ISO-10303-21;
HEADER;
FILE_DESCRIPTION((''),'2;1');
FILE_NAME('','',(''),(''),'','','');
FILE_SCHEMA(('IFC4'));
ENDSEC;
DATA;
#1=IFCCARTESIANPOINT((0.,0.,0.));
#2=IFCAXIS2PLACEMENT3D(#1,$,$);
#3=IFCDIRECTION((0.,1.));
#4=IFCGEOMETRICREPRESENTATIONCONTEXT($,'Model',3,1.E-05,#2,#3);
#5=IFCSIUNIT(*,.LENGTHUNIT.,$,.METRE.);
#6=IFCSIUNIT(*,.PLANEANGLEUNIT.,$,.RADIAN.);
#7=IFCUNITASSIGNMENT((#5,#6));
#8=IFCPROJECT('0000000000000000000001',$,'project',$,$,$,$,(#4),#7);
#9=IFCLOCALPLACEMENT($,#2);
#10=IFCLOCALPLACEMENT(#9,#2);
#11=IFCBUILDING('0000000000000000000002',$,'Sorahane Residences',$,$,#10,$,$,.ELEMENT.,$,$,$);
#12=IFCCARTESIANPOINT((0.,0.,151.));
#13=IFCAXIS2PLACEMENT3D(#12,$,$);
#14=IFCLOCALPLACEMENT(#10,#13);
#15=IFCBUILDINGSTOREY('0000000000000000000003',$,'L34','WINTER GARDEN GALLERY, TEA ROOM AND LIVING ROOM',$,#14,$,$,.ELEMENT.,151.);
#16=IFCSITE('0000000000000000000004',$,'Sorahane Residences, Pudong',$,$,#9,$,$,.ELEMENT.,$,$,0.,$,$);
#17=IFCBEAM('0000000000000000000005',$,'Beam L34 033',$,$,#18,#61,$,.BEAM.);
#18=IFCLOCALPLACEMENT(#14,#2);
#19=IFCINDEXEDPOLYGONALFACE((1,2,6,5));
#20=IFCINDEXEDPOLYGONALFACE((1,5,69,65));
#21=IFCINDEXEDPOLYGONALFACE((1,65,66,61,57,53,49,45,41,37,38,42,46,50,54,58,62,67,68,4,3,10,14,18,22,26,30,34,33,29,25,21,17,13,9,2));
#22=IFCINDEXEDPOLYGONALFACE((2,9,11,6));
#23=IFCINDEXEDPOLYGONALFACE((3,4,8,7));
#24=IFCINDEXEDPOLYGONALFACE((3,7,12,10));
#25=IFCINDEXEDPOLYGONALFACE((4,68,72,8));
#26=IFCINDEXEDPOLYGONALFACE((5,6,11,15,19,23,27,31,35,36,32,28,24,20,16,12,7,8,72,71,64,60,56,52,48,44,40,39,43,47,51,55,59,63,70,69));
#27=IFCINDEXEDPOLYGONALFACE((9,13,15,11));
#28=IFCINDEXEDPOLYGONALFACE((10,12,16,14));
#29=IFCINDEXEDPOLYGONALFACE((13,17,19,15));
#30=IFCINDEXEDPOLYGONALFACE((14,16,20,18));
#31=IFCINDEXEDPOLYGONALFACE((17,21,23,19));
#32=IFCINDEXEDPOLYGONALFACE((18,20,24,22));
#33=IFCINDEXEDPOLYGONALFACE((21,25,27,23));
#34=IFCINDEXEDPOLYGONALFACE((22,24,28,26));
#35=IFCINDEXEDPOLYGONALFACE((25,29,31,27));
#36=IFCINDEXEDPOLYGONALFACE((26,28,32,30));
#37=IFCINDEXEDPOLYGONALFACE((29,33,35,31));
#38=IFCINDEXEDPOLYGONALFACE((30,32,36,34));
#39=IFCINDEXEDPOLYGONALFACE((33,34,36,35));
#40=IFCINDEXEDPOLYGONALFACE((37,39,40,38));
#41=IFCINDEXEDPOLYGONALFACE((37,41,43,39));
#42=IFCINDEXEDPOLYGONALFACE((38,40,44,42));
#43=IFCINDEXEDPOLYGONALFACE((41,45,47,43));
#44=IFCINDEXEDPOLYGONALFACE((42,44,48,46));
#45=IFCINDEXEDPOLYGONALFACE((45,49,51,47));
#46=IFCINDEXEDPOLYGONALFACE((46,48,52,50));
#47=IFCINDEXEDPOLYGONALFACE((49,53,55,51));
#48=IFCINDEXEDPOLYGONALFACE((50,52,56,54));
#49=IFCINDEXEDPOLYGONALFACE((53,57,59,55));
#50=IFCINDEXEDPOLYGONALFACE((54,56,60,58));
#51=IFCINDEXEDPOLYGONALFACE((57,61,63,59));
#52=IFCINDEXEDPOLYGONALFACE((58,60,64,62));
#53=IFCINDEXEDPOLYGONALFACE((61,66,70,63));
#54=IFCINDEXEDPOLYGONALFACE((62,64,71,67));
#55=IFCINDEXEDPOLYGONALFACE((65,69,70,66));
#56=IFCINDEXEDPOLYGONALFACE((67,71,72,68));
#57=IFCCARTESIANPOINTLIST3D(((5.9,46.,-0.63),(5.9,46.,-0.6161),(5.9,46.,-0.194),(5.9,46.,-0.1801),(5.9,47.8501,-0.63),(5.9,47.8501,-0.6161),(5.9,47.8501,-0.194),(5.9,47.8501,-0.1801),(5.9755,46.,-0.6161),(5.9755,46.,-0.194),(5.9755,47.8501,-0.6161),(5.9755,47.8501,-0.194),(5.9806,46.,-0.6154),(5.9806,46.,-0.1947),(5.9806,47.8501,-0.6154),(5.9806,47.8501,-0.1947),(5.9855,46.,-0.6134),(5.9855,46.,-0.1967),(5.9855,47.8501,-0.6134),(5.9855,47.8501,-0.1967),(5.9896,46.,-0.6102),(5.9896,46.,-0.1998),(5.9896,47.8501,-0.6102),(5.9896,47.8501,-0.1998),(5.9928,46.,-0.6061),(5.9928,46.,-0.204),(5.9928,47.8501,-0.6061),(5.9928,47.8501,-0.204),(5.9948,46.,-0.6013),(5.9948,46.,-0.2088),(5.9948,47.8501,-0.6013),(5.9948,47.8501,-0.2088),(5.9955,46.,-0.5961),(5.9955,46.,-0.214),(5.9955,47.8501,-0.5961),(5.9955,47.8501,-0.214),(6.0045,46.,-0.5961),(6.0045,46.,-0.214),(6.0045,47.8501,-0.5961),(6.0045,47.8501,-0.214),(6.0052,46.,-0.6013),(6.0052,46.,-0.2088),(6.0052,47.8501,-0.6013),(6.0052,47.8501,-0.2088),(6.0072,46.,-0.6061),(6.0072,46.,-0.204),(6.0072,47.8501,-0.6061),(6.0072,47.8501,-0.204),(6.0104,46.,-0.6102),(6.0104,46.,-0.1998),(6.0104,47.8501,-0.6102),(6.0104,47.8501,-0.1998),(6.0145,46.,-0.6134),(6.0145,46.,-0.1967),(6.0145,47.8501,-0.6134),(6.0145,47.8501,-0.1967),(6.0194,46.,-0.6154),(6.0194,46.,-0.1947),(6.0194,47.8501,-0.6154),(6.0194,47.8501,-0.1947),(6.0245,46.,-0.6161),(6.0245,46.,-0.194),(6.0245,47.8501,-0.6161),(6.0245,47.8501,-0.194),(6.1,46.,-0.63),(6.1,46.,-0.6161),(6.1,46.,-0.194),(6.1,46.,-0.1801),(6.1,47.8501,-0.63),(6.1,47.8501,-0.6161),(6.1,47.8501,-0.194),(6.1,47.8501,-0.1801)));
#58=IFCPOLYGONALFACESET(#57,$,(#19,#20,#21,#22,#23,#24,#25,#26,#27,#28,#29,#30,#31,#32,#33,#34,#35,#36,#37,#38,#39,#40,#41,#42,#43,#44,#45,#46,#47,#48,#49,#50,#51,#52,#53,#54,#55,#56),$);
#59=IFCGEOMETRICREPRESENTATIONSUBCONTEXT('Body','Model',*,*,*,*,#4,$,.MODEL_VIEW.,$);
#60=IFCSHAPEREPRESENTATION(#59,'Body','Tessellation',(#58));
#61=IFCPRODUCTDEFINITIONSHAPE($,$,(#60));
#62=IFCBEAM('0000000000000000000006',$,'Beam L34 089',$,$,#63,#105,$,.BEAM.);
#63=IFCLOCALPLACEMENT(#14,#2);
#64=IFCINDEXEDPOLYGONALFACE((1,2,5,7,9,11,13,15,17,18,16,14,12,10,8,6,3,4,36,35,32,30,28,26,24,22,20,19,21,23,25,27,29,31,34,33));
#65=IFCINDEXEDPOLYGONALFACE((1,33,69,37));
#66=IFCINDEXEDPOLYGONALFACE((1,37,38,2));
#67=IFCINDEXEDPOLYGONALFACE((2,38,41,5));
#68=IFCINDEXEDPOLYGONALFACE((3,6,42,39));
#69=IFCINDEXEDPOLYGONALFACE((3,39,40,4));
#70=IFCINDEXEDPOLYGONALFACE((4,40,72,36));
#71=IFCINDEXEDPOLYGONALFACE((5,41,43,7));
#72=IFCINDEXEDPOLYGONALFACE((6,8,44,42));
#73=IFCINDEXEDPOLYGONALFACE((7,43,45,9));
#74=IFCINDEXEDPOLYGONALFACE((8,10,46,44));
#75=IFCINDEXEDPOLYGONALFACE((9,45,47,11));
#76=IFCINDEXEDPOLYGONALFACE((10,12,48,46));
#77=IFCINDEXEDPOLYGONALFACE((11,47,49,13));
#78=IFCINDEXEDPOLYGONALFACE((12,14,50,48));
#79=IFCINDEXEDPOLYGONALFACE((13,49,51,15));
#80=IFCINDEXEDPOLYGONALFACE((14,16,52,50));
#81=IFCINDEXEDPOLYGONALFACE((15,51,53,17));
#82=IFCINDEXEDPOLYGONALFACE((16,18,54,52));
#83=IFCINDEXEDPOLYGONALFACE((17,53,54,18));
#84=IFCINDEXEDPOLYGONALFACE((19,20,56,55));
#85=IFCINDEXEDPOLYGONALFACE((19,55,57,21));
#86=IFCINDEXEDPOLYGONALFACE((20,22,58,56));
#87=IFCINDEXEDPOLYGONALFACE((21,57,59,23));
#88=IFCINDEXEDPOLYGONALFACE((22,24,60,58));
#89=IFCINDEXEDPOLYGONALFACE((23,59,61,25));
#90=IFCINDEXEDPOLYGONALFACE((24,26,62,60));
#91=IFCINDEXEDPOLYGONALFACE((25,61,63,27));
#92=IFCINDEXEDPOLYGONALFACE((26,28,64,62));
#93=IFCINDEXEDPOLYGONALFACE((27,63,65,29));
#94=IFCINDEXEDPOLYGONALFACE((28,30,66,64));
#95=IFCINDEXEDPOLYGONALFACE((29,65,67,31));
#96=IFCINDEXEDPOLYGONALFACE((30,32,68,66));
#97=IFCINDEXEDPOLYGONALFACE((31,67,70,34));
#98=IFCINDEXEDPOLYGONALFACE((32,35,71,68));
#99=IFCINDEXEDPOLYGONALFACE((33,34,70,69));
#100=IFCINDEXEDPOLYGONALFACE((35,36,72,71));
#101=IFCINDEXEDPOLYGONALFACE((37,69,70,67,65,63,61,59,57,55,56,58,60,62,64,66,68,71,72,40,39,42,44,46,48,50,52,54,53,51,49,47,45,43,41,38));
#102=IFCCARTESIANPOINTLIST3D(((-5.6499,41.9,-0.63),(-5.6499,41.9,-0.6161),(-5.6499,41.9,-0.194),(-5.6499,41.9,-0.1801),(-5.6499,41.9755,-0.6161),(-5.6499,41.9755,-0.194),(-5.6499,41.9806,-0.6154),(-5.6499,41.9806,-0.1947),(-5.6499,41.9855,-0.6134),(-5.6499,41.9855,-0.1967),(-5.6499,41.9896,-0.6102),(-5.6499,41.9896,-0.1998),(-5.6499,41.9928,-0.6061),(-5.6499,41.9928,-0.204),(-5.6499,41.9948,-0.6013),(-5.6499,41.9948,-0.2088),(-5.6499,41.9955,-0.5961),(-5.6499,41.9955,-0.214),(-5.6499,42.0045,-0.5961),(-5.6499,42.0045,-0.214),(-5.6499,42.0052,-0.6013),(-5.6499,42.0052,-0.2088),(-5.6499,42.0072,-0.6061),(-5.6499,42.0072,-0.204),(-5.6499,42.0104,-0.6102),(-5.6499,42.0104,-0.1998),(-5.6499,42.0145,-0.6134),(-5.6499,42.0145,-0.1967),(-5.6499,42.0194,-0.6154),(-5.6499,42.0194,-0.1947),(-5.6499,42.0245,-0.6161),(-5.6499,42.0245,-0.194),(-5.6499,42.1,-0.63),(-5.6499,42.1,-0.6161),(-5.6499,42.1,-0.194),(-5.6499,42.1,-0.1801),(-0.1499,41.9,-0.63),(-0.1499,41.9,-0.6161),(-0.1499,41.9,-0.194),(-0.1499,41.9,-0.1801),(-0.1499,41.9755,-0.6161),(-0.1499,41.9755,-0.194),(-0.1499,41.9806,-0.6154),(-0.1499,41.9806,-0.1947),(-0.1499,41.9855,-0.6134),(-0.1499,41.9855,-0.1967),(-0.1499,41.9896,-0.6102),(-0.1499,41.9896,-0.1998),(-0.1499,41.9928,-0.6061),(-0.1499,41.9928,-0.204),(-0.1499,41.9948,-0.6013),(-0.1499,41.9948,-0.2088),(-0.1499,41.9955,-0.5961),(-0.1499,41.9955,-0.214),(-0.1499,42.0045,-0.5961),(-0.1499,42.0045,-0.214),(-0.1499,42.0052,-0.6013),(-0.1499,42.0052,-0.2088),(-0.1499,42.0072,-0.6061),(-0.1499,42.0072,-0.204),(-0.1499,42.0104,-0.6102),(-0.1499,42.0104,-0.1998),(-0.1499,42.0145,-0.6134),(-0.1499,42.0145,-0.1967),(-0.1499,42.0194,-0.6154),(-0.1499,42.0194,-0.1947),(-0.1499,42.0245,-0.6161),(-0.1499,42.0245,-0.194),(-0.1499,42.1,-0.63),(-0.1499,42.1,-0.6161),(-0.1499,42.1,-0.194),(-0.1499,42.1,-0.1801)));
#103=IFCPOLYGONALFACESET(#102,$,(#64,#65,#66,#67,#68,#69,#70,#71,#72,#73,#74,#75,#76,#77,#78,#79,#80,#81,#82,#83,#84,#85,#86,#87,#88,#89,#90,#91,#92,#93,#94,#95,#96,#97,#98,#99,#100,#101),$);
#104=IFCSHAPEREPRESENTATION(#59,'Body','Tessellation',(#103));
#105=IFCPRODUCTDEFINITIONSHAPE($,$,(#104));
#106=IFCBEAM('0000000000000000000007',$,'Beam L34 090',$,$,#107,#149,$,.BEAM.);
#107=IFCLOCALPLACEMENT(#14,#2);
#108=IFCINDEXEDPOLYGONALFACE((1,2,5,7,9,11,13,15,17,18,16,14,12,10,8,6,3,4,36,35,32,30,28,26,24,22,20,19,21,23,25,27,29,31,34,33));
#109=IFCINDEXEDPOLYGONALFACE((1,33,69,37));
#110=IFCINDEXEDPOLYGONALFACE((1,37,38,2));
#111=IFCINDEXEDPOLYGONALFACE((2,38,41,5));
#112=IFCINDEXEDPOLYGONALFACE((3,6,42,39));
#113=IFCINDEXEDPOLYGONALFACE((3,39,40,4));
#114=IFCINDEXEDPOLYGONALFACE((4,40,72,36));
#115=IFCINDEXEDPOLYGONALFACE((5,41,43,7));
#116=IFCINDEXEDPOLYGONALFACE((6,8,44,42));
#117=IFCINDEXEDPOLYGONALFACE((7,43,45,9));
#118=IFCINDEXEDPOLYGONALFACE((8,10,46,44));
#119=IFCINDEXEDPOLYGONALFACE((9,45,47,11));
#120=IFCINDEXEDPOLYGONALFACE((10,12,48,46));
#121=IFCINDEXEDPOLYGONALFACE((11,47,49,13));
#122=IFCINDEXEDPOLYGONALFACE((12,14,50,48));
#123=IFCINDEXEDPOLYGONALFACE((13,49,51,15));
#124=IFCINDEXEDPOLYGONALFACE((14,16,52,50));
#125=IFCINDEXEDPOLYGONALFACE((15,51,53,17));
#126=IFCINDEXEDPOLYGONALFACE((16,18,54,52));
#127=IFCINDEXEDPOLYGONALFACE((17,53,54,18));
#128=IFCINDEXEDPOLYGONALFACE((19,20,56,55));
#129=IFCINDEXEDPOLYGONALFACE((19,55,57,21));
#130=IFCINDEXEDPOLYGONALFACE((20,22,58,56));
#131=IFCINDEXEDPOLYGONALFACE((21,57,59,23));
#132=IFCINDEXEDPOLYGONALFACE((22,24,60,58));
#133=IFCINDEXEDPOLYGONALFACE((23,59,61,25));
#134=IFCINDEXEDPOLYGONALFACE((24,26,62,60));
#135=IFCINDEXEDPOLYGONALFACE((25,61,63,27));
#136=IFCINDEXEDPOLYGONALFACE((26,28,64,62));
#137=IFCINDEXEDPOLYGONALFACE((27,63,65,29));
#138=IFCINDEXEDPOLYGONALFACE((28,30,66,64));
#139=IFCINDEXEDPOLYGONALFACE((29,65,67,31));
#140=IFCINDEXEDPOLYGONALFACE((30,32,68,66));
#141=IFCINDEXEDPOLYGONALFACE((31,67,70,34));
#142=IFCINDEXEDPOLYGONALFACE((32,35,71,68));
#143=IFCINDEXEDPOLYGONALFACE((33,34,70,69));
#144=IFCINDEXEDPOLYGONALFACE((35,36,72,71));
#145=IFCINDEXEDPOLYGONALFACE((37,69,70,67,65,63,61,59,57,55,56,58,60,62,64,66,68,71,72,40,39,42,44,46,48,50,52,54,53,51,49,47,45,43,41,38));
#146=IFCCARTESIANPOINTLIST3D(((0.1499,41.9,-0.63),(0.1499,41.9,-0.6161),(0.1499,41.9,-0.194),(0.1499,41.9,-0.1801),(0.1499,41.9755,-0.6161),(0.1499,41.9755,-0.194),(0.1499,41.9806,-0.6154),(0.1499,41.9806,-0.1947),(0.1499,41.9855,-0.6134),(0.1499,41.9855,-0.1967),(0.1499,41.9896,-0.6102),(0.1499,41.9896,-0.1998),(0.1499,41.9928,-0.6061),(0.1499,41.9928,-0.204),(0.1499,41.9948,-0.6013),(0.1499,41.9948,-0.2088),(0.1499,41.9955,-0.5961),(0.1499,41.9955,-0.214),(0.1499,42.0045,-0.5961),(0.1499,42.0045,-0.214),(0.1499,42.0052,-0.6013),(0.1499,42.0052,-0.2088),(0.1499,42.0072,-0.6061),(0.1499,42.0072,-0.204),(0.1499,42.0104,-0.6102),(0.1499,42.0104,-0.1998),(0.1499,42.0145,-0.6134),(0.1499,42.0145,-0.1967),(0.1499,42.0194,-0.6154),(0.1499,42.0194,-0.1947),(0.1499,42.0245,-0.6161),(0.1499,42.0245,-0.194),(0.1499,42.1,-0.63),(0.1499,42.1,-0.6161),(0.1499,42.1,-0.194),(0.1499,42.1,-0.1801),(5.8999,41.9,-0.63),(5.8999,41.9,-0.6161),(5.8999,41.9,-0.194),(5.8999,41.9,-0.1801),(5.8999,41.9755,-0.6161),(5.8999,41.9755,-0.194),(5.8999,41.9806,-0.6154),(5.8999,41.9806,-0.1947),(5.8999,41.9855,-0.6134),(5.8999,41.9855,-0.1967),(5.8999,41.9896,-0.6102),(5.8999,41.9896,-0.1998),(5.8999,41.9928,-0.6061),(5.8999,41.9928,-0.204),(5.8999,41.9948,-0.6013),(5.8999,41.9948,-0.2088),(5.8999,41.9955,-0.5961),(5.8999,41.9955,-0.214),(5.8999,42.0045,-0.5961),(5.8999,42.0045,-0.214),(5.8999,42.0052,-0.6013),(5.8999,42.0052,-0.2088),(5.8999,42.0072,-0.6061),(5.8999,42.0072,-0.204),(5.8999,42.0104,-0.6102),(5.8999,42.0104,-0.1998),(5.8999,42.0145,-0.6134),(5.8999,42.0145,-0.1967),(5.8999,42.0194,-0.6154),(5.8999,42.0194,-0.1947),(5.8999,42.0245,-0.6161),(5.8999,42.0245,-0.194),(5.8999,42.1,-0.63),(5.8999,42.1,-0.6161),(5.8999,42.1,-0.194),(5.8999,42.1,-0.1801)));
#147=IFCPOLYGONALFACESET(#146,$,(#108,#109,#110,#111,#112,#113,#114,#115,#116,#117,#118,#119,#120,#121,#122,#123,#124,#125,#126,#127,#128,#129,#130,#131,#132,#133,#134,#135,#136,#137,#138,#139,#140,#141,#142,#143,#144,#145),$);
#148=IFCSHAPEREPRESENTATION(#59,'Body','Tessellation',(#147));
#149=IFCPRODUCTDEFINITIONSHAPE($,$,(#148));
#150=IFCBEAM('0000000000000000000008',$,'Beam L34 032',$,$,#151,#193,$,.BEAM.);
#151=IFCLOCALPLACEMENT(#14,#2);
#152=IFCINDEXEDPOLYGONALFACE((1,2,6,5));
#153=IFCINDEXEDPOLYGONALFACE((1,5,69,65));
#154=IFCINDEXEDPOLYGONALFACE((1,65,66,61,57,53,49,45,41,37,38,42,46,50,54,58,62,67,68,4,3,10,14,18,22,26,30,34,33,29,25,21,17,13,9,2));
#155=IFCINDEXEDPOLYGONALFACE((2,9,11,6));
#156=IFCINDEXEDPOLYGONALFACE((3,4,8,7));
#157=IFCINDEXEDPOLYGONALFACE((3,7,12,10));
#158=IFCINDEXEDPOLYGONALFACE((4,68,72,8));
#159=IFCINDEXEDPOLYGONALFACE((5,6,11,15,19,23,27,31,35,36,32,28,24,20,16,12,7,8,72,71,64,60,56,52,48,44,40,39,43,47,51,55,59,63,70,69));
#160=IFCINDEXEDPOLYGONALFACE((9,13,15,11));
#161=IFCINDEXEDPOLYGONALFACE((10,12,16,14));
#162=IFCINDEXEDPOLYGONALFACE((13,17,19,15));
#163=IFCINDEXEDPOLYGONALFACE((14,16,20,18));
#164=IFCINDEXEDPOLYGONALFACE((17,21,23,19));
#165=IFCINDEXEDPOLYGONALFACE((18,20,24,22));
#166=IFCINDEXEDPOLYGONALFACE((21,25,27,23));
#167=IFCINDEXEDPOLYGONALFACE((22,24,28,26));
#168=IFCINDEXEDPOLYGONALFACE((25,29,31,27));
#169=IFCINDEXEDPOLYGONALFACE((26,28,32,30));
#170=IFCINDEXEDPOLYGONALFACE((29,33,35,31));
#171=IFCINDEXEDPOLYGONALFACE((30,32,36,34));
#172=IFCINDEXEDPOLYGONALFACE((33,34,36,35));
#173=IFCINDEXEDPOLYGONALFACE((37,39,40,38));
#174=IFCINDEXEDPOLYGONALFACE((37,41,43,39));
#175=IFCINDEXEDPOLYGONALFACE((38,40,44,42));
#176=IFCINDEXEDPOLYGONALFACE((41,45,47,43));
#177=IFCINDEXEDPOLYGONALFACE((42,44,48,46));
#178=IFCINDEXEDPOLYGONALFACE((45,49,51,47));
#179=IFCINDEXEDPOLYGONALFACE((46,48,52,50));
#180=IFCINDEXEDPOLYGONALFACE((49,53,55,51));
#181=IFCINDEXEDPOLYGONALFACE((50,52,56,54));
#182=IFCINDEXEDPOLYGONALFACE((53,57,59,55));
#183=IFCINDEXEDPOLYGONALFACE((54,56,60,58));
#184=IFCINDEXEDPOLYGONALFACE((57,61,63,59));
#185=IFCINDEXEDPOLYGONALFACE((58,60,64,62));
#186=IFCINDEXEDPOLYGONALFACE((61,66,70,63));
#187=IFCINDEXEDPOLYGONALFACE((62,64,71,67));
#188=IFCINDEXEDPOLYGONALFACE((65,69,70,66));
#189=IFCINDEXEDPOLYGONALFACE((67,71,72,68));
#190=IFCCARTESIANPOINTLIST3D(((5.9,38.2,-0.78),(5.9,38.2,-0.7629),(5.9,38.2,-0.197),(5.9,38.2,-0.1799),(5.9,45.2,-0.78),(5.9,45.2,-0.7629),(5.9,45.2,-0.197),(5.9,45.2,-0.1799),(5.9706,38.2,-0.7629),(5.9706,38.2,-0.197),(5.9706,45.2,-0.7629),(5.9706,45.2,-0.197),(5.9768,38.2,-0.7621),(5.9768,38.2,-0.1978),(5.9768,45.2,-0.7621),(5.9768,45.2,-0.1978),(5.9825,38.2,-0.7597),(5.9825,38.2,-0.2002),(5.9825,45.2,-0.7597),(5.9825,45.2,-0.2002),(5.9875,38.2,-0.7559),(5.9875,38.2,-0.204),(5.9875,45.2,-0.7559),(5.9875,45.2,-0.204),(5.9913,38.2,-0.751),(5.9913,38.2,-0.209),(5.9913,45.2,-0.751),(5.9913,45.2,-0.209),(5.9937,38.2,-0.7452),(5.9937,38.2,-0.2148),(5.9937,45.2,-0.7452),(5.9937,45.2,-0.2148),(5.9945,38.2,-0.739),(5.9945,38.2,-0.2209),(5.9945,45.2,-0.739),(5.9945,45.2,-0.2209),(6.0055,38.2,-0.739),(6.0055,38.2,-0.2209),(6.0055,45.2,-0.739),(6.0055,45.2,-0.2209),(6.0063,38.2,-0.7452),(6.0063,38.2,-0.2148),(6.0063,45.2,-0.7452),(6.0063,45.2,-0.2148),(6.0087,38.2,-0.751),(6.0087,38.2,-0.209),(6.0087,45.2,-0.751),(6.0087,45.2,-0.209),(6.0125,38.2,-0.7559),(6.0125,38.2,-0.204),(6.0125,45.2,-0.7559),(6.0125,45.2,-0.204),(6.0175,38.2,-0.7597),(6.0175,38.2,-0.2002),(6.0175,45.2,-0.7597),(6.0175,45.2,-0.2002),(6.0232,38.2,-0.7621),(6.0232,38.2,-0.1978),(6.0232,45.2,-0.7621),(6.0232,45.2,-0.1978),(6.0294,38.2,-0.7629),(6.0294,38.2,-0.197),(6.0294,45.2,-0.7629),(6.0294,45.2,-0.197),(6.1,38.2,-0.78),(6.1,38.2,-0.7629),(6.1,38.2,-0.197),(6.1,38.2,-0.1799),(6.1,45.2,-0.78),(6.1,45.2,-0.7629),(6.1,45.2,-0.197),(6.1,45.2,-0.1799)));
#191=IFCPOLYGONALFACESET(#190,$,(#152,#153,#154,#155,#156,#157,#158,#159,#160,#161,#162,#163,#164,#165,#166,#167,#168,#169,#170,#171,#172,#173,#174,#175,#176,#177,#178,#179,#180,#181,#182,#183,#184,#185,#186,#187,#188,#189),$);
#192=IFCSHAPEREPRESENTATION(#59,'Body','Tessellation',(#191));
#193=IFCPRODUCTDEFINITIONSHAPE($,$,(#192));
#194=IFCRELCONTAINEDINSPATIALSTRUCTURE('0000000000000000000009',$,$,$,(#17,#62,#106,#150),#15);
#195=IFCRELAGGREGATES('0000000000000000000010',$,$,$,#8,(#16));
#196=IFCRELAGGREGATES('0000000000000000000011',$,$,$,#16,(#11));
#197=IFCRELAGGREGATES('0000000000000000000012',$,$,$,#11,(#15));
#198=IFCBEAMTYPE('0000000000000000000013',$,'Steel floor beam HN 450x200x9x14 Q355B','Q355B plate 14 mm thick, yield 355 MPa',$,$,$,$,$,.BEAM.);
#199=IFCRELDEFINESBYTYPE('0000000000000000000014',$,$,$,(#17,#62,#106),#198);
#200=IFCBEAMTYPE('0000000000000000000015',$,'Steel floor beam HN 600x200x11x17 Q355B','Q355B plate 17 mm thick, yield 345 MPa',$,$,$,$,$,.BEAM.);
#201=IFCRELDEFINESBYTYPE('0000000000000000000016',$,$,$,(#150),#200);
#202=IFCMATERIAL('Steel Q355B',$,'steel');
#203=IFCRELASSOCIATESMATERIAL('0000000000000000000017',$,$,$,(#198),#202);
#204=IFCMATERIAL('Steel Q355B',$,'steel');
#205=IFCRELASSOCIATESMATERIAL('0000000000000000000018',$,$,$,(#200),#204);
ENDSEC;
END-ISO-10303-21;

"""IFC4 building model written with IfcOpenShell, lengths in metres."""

from ifc_helpers import new_model, si_unit, direction, frame, origin, origin_2d, place, context, subcontext, project, spatial, i_section, extrude, material, material_profile, profile_set, type_object, element, save


model = new_model("IFC4")

# Units and contexts
model_context = context("Model", 3, precision=1e-05, world=origin(), true_north=direction((0.0, 1.0)))
body_context = subcontext(model_context, "Body", "Model", "MODEL_VIEW")
ifc_project = project(units=[si_unit("LENGTHUNIT", "METRE"), si_unit("PLANEANGLEUNIT", "RADIAN")], contexts=[model_context])

# Site, building, storey
site_placement = place(None, origin())
site = spatial("IfcSite", under=ifc_project, at=site_placement, Name="Sorahane Residences, Pudong", CompositionType="ELEMENT", RefElevation=0.0)
building_placement = place(site_placement, origin())
building = spatial("IfcBuilding", under=site, at=building_placement, Name="Sorahane Residences", CompositionType="ELEMENT")
storey_placement = place(building_placement, frame((0.0, 0.0, 151.0)))
storey = spatial("IfcBuildingStorey", under=building, at=storey_placement, Name="L34", Description="WINTER GARDEN GALLERY, TEA ROOM AND LIVING ROOM", CompositionType="ELEMENT", Elevation=151.0)

# Beams
ifc_material_1 = material(Name="Steel Q355B", Category="steel")
ifc_material_profile_1 = material_profile(ifc_material_1, i_section(OverallWidth=0.2, OverallDepth=0.45, WebThickness=0.009, FlangeThickness=0.0139, FilletRadius=0.02, at=origin_2d()), Name="HN 450x200x9x14")
ifc_profile_set_1 = profile_set([ifc_material_profile_1], Name="Steel Q355B")
beam_type_1 = type_object("IfcBeamType", Name="Steel floor beam HN 450x200x9x14 Q355B", Description="Q355B plate 14 mm thick, yield 355 MPa", PredefinedType="BEAM", material=ifc_profile_set_1)
beam_1_placement = place(storey_placement, frame((6.0, 46.0, -0.405), z_axis=(0.0, 1.0, 0.0), x_axis=(-1.0, 0.0, 0.0)))
element("IfcBeam", 1, at=beam_1_placement, inside=storey, type_object=beam_type_1, Name="Beam L34 033", PredefinedType="BEAM", context=body_context, shape_type="SweptSolid", body=[
    extrude(i_section(OverallWidth=0.2, OverallDepth=0.45, WebThickness=0.009, FlangeThickness=0.0139, FilletRadius=0.02, at=origin_2d()), origin(), (0.0, 0.0, 1.0), 1.8501),
])
beam_2_placement = place(storey_placement, frame((-5.6499, 42.0, -0.405), z_axis=(1.0, 0.0, 0.0), x_axis=(0.0, 1.0, 0.0)))
element("IfcBeam", 2, at=beam_2_placement, inside=storey, type_object=beam_type_1, Name="Beam L34 089", PredefinedType="BEAM", context=body_context, shape_type="SweptSolid", body=[
    extrude(i_section(OverallWidth=0.2, OverallDepth=0.45, WebThickness=0.009, FlangeThickness=0.0139, FilletRadius=0.02, at=origin_2d()), origin(), (0.0, 0.0, 1.0), 5.5),
])
beam_3_placement = place(storey_placement, frame((0.1499, 42.0, -0.405), z_axis=(1.0, 0.0, 0.0), x_axis=(0.0, 1.0, 0.0)))
element("IfcBeam", 3, at=beam_3_placement, inside=storey, type_object=beam_type_1, Name="Beam L34 090", PredefinedType="BEAM", context=body_context, shape_type="SweptSolid", body=[
    extrude(i_section(OverallWidth=0.2, OverallDepth=0.45, WebThickness=0.009, FlangeThickness=0.0139, FilletRadius=0.02, at=origin_2d()), origin(), (0.0, 0.0, 1.0), 5.75),
])
ifc_material_2 = material(Name="Steel Q355B", Category="steel")
ifc_material_profile_2 = material_profile(ifc_material_2, i_section(OverallWidth=0.2, OverallDepth=0.6001, WebThickness=0.011, FlangeThickness=0.0171, FilletRadius=0.0239, at=origin_2d()), Name="HN 600x200x11x17")
ifc_profile_set_2 = profile_set([ifc_material_profile_2], Name="Steel Q355B")
beam_type_2 = type_object("IfcBeamType", Name="Steel floor beam HN 600x200x11x17 Q355B", Description="Q355B plate 17 mm thick, yield 345 MPa", PredefinedType="BEAM", material=ifc_profile_set_2)
beam_4_placement = place(storey_placement, frame((6.0, 38.2, -0.48), z_axis=(0.0, 1.0, 0.0), x_axis=(-1.0, 0.0, 0.0)))
element("IfcBeam", 4, at=beam_4_placement, inside=storey, type_object=beam_type_2, Name="Beam L34 032", PredefinedType="BEAM", context=body_context, shape_type="SweptSolid", body=[
    extrude(i_section(OverallWidth=0.2, OverallDepth=0.6001, WebThickness=0.011, FlangeThickness=0.0171, FilletRadius=0.0239, at=origin_2d()), origin(), (0.0, 0.0, 1.0), 7.0),
])

save(model, "model.ifc")
